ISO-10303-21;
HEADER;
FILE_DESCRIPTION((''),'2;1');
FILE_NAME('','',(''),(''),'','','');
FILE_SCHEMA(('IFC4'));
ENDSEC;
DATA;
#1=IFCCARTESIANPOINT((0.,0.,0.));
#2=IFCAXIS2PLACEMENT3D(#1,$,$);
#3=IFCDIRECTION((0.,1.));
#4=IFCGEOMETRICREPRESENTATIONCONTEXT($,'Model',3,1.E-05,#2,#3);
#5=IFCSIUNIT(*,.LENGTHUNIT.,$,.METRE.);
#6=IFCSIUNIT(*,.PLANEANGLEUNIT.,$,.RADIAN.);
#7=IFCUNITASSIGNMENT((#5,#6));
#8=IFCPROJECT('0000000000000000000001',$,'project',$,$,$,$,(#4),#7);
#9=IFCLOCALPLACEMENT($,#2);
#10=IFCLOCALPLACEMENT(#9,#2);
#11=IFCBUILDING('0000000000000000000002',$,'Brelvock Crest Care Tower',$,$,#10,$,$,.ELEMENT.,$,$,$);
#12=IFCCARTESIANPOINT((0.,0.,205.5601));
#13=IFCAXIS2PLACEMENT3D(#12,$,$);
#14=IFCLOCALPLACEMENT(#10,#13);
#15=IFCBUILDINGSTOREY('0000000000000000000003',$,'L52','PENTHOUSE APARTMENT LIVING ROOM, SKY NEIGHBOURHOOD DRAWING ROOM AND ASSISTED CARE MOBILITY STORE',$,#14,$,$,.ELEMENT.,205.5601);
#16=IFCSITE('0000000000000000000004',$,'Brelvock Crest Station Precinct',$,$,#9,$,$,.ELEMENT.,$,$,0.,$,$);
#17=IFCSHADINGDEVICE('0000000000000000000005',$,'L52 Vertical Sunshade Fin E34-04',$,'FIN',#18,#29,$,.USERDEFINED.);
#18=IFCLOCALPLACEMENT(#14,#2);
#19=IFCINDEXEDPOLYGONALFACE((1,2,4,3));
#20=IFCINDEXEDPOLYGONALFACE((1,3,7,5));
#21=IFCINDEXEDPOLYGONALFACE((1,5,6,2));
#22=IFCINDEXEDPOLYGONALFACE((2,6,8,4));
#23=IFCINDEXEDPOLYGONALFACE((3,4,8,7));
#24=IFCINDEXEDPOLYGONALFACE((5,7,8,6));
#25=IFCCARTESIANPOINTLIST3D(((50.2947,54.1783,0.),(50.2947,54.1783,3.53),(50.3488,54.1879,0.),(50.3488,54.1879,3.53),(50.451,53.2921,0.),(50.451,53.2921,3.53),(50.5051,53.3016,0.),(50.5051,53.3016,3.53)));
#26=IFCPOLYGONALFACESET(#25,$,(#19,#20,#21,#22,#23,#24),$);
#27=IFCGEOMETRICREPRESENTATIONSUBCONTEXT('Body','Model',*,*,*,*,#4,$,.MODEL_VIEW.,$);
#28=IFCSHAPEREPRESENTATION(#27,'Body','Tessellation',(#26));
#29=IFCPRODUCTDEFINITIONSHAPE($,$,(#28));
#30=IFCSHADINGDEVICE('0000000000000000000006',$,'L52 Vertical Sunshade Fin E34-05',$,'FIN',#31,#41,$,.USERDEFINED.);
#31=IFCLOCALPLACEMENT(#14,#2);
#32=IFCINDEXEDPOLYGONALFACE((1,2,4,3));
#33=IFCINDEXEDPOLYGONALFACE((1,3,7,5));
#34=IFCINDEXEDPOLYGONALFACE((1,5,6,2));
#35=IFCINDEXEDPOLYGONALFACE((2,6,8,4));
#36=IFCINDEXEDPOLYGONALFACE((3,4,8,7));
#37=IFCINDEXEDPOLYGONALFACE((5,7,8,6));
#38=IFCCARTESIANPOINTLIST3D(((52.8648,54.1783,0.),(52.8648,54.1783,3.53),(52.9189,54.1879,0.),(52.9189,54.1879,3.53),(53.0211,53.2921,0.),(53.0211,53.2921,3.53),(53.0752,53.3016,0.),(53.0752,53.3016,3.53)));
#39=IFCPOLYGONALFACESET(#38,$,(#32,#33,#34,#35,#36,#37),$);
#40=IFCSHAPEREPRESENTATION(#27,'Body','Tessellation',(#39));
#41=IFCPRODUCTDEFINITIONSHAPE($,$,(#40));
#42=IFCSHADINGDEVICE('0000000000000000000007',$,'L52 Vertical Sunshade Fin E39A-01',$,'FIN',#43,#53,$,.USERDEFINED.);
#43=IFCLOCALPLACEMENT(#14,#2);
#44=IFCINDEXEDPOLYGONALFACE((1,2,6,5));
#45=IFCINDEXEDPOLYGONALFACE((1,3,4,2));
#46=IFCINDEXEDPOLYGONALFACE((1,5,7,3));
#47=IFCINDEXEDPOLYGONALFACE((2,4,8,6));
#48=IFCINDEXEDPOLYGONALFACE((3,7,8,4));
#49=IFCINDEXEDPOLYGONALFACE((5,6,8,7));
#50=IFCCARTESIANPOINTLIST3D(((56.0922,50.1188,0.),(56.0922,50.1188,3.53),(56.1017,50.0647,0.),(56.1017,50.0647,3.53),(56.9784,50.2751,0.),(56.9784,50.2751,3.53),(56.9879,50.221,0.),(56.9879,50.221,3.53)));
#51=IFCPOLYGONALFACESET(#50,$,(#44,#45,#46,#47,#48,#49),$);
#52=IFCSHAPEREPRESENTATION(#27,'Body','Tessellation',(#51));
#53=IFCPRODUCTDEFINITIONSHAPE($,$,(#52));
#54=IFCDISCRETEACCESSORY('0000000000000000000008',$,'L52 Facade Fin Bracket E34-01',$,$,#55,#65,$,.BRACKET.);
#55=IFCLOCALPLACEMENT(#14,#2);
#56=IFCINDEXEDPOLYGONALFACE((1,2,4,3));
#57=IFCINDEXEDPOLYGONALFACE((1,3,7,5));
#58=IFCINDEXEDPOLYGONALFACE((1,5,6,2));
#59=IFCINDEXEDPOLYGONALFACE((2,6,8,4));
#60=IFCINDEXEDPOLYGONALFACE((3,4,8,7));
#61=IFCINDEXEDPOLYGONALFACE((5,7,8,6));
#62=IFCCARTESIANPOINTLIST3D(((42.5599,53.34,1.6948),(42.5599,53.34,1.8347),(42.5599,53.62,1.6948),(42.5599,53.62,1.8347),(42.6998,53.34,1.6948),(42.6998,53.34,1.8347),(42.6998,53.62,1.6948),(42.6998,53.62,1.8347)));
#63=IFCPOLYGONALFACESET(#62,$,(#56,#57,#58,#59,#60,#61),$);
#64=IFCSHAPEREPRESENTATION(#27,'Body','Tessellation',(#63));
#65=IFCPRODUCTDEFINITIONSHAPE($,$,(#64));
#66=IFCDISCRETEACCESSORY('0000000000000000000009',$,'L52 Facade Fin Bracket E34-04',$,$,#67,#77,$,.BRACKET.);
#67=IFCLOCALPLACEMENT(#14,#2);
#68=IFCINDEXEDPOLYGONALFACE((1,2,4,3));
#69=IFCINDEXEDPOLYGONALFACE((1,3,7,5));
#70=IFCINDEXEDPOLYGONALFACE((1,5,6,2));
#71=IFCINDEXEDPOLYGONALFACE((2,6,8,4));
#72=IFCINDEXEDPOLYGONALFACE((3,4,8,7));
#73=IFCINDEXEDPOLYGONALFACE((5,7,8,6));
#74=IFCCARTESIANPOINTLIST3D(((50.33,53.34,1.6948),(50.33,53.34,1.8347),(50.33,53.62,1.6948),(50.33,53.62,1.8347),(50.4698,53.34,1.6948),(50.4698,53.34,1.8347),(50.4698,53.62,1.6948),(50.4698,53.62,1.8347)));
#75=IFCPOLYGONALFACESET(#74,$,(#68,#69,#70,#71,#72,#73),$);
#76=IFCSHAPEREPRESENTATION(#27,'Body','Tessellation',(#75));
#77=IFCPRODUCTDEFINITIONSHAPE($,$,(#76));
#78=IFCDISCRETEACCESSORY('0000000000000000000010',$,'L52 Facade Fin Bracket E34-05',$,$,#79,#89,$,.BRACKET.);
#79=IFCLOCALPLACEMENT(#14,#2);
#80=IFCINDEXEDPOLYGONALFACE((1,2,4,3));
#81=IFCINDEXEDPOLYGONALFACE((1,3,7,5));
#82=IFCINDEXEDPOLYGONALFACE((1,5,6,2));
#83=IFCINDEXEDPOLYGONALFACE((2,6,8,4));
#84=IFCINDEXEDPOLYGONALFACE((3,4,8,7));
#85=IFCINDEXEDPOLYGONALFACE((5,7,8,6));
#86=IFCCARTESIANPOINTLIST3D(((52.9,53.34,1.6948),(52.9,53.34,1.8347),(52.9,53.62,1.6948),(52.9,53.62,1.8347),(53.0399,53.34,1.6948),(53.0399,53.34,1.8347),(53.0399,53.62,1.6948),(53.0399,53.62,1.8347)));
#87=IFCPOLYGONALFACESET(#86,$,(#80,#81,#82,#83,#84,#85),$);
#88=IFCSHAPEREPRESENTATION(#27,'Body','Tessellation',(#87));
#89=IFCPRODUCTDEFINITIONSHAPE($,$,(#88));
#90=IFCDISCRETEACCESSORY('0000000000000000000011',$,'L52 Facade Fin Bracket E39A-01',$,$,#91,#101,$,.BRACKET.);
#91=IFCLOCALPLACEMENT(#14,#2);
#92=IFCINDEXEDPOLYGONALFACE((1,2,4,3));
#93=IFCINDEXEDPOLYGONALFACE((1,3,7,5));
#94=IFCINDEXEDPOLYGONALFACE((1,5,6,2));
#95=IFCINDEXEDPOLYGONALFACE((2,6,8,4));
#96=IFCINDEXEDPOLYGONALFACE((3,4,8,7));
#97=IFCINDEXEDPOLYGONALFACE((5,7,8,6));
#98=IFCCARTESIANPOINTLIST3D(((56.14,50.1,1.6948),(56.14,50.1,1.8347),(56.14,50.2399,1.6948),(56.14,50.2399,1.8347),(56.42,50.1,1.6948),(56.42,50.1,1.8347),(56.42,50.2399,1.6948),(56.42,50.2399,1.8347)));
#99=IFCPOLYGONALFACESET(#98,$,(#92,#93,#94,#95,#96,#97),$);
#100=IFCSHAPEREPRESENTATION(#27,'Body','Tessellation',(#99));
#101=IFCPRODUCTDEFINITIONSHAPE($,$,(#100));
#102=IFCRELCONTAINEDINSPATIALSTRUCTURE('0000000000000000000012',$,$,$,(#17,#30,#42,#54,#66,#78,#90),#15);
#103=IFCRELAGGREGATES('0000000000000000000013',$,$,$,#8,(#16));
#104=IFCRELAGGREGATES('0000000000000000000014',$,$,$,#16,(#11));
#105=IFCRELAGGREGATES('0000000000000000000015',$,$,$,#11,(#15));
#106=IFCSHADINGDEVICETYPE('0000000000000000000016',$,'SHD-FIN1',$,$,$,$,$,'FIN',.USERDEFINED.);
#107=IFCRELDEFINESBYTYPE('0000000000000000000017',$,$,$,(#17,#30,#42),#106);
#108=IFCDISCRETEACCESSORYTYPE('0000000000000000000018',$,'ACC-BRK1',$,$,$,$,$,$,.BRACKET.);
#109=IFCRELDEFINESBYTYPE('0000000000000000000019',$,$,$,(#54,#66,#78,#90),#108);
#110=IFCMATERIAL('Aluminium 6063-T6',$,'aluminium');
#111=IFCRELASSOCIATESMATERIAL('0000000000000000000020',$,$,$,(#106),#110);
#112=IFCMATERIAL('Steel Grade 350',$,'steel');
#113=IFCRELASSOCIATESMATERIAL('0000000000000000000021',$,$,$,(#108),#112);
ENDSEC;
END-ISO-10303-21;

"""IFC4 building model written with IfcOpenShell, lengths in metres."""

from ifc_helpers import new_model, si_unit, direction, frame, origin, origin_2d, place, context, subcontext, project, spatial, rectangle, extrude, source, transform, mapped, material, material_profile, profile_set, type_object, element, save


model = new_model("IFC4")

# Units and contexts
model_context = context("Model", 3, precision=1e-05, world=origin(), true_north=direction((0.0, 1.0)))
body_context = subcontext(model_context, "Body", "Model", "MODEL_VIEW")
ifc_project = project(units=[si_unit("LENGTHUNIT", "METRE"), si_unit("PLANEANGLEUNIT", "RADIAN")], contexts=[model_context])

# Site, building, storey
site_placement = place(None, origin())
site = spatial("IfcSite", under=ifc_project, at=site_placement, Name="Brelvock Crest Station Precinct", CompositionType="ELEMENT", RefElevation=0.0)
building_placement = place(site_placement, origin())
building = spatial("IfcBuilding", under=site, at=building_placement, Name="Brelvock Crest Care Tower", CompositionType="ELEMENT")
storey_placement = place(building_placement, frame((0.0, 0.0, 205.5601)))
storey = spatial("IfcBuildingStorey", under=building, at=storey_placement, Name="L52", Description="PENTHOUSE APARTMENT LIVING ROOM, SKY NEIGHBOURHOOD DRAWING ROOM AND ASSISTED CARE MOBILITY STORE", CompositionType="ELEMENT", Elevation=205.5601)

# Shared definitions
ifc_material_1 = material(Name="Aluminium 6063-T6", Category="aluminium")

# Shading devices
ifc_material_profile_1 = material_profile(ifc_material_1, rectangle(XDim=0.0549, YDim=0.8999, at=origin_2d()), Name="FIN55x900")
ifc_profile_set_1 = profile_set([ifc_material_profile_1], Name="Aluminium 6063-T6")
shading_device_type = type_object("IfcShadingDeviceType", Name="SHD-FIN1", ElementType="FIN", PredefinedType="USERDEFINED", material=ifc_profile_set_1)
shared_shape_1 = source(origin(), body_context, "Body", "SweptSolid", [
    extrude(rectangle(XDim=0.0549, YDim=0.8999, at=origin_2d()), origin(), (0.0, 0.0, 1.0), 3.53),
])
for number, where, z_axis, x_axis, name in (
    (1, (50.3999, 53.74, 0.0), (0.0, 0.0, 1.0), (0.984808, 0.173648, 0.0), "L52 Vertical Sunshade Fin E34-04"),
    (2, (52.97, 53.74, 0.0), (0.0, 0.0, 1.0), (0.984808, 0.173648, 0.0), "L52 Vertical Sunshade Fin E34-05"),
    (3, (56.54, 50.1699, 0.0), (0.0, 0.0, 1.0), (0.173648, -0.984808, 0.0), "L52 Vertical Sunshade Fin E39A-01"),
):
    element("IfcShadingDevice", number, at=place(storey_placement, frame(where, z_axis=z_axis, x_axis=x_axis)), inside=storey, type_object=shading_device_type, Name=name, ObjectType="FIN", PredefinedType="USERDEFINED", context=body_context, shape_type="MappedRepresentation", body=[
        mapped(shared_shape_1, transform((0.0, 0.0, 0.0), x_axis=(1.0, 0.0, 0.0), y_axis=(0.0, 1.0, 0.0), z_axis=(0.0, 0.0, 1.0), scale=1.0)),
    ])

# Discrete accessories
ifc_material_2 = material(Name="Steel Grade 350", Category="steel")
discrete_accessory_type = type_object("IfcDiscreteAccessoryType", Name="ACC-BRK1", PredefinedType="BRACKET", material=ifc_material_2)
shared_shape_2 = source(origin(), body_context, "Body", "SweptSolid", [
    extrude(rectangle(XDim=0.28, YDim=0.1399, at=origin_2d()), origin(), (0.0, 0.0, 1.0), 0.1399),
])
for number, where, z_axis, x_axis, name in (
    (4, (42.6299, 53.48, 1.6948), (0.0, 0.0, 1.0), (0.0, 1.0, 0.0), "L52 Facade Fin Bracket E34-01"),
    (5, (50.3999, 53.48, 1.6948), (0.0, 0.0, 1.0), (0.0, 1.0, 0.0), "L52 Facade Fin Bracket E34-04"),
    (6, (52.97, 53.48, 1.6948), (0.0, 0.0, 1.0), (0.0, 1.0, 0.0), "L52 Facade Fin Bracket E34-05"),
    (7, (56.28, 50.1699, 1.6948), (0.0, 0.0, 1.0), (1.0, 0.0, 0.0), "L52 Facade Fin Bracket E39A-01"),
):
    element("IfcDiscreteAccessory", number, at=place(storey_placement, frame(where, z_axis=z_axis, x_axis=x_axis)), inside=storey, type_object=discrete_accessory_type, Name=name, PredefinedType="BRACKET", context=body_context, shape_type="MappedRepresentation", body=[
        mapped(shared_shape_2, transform((0.0, 0.0, 0.0), x_axis=(1.0, 0.0, 0.0), y_axis=(0.0, 1.0, 0.0), z_axis=(0.0, 0.0, 1.0), scale=1.0)),
    ])

save(model, "model.ifc")
